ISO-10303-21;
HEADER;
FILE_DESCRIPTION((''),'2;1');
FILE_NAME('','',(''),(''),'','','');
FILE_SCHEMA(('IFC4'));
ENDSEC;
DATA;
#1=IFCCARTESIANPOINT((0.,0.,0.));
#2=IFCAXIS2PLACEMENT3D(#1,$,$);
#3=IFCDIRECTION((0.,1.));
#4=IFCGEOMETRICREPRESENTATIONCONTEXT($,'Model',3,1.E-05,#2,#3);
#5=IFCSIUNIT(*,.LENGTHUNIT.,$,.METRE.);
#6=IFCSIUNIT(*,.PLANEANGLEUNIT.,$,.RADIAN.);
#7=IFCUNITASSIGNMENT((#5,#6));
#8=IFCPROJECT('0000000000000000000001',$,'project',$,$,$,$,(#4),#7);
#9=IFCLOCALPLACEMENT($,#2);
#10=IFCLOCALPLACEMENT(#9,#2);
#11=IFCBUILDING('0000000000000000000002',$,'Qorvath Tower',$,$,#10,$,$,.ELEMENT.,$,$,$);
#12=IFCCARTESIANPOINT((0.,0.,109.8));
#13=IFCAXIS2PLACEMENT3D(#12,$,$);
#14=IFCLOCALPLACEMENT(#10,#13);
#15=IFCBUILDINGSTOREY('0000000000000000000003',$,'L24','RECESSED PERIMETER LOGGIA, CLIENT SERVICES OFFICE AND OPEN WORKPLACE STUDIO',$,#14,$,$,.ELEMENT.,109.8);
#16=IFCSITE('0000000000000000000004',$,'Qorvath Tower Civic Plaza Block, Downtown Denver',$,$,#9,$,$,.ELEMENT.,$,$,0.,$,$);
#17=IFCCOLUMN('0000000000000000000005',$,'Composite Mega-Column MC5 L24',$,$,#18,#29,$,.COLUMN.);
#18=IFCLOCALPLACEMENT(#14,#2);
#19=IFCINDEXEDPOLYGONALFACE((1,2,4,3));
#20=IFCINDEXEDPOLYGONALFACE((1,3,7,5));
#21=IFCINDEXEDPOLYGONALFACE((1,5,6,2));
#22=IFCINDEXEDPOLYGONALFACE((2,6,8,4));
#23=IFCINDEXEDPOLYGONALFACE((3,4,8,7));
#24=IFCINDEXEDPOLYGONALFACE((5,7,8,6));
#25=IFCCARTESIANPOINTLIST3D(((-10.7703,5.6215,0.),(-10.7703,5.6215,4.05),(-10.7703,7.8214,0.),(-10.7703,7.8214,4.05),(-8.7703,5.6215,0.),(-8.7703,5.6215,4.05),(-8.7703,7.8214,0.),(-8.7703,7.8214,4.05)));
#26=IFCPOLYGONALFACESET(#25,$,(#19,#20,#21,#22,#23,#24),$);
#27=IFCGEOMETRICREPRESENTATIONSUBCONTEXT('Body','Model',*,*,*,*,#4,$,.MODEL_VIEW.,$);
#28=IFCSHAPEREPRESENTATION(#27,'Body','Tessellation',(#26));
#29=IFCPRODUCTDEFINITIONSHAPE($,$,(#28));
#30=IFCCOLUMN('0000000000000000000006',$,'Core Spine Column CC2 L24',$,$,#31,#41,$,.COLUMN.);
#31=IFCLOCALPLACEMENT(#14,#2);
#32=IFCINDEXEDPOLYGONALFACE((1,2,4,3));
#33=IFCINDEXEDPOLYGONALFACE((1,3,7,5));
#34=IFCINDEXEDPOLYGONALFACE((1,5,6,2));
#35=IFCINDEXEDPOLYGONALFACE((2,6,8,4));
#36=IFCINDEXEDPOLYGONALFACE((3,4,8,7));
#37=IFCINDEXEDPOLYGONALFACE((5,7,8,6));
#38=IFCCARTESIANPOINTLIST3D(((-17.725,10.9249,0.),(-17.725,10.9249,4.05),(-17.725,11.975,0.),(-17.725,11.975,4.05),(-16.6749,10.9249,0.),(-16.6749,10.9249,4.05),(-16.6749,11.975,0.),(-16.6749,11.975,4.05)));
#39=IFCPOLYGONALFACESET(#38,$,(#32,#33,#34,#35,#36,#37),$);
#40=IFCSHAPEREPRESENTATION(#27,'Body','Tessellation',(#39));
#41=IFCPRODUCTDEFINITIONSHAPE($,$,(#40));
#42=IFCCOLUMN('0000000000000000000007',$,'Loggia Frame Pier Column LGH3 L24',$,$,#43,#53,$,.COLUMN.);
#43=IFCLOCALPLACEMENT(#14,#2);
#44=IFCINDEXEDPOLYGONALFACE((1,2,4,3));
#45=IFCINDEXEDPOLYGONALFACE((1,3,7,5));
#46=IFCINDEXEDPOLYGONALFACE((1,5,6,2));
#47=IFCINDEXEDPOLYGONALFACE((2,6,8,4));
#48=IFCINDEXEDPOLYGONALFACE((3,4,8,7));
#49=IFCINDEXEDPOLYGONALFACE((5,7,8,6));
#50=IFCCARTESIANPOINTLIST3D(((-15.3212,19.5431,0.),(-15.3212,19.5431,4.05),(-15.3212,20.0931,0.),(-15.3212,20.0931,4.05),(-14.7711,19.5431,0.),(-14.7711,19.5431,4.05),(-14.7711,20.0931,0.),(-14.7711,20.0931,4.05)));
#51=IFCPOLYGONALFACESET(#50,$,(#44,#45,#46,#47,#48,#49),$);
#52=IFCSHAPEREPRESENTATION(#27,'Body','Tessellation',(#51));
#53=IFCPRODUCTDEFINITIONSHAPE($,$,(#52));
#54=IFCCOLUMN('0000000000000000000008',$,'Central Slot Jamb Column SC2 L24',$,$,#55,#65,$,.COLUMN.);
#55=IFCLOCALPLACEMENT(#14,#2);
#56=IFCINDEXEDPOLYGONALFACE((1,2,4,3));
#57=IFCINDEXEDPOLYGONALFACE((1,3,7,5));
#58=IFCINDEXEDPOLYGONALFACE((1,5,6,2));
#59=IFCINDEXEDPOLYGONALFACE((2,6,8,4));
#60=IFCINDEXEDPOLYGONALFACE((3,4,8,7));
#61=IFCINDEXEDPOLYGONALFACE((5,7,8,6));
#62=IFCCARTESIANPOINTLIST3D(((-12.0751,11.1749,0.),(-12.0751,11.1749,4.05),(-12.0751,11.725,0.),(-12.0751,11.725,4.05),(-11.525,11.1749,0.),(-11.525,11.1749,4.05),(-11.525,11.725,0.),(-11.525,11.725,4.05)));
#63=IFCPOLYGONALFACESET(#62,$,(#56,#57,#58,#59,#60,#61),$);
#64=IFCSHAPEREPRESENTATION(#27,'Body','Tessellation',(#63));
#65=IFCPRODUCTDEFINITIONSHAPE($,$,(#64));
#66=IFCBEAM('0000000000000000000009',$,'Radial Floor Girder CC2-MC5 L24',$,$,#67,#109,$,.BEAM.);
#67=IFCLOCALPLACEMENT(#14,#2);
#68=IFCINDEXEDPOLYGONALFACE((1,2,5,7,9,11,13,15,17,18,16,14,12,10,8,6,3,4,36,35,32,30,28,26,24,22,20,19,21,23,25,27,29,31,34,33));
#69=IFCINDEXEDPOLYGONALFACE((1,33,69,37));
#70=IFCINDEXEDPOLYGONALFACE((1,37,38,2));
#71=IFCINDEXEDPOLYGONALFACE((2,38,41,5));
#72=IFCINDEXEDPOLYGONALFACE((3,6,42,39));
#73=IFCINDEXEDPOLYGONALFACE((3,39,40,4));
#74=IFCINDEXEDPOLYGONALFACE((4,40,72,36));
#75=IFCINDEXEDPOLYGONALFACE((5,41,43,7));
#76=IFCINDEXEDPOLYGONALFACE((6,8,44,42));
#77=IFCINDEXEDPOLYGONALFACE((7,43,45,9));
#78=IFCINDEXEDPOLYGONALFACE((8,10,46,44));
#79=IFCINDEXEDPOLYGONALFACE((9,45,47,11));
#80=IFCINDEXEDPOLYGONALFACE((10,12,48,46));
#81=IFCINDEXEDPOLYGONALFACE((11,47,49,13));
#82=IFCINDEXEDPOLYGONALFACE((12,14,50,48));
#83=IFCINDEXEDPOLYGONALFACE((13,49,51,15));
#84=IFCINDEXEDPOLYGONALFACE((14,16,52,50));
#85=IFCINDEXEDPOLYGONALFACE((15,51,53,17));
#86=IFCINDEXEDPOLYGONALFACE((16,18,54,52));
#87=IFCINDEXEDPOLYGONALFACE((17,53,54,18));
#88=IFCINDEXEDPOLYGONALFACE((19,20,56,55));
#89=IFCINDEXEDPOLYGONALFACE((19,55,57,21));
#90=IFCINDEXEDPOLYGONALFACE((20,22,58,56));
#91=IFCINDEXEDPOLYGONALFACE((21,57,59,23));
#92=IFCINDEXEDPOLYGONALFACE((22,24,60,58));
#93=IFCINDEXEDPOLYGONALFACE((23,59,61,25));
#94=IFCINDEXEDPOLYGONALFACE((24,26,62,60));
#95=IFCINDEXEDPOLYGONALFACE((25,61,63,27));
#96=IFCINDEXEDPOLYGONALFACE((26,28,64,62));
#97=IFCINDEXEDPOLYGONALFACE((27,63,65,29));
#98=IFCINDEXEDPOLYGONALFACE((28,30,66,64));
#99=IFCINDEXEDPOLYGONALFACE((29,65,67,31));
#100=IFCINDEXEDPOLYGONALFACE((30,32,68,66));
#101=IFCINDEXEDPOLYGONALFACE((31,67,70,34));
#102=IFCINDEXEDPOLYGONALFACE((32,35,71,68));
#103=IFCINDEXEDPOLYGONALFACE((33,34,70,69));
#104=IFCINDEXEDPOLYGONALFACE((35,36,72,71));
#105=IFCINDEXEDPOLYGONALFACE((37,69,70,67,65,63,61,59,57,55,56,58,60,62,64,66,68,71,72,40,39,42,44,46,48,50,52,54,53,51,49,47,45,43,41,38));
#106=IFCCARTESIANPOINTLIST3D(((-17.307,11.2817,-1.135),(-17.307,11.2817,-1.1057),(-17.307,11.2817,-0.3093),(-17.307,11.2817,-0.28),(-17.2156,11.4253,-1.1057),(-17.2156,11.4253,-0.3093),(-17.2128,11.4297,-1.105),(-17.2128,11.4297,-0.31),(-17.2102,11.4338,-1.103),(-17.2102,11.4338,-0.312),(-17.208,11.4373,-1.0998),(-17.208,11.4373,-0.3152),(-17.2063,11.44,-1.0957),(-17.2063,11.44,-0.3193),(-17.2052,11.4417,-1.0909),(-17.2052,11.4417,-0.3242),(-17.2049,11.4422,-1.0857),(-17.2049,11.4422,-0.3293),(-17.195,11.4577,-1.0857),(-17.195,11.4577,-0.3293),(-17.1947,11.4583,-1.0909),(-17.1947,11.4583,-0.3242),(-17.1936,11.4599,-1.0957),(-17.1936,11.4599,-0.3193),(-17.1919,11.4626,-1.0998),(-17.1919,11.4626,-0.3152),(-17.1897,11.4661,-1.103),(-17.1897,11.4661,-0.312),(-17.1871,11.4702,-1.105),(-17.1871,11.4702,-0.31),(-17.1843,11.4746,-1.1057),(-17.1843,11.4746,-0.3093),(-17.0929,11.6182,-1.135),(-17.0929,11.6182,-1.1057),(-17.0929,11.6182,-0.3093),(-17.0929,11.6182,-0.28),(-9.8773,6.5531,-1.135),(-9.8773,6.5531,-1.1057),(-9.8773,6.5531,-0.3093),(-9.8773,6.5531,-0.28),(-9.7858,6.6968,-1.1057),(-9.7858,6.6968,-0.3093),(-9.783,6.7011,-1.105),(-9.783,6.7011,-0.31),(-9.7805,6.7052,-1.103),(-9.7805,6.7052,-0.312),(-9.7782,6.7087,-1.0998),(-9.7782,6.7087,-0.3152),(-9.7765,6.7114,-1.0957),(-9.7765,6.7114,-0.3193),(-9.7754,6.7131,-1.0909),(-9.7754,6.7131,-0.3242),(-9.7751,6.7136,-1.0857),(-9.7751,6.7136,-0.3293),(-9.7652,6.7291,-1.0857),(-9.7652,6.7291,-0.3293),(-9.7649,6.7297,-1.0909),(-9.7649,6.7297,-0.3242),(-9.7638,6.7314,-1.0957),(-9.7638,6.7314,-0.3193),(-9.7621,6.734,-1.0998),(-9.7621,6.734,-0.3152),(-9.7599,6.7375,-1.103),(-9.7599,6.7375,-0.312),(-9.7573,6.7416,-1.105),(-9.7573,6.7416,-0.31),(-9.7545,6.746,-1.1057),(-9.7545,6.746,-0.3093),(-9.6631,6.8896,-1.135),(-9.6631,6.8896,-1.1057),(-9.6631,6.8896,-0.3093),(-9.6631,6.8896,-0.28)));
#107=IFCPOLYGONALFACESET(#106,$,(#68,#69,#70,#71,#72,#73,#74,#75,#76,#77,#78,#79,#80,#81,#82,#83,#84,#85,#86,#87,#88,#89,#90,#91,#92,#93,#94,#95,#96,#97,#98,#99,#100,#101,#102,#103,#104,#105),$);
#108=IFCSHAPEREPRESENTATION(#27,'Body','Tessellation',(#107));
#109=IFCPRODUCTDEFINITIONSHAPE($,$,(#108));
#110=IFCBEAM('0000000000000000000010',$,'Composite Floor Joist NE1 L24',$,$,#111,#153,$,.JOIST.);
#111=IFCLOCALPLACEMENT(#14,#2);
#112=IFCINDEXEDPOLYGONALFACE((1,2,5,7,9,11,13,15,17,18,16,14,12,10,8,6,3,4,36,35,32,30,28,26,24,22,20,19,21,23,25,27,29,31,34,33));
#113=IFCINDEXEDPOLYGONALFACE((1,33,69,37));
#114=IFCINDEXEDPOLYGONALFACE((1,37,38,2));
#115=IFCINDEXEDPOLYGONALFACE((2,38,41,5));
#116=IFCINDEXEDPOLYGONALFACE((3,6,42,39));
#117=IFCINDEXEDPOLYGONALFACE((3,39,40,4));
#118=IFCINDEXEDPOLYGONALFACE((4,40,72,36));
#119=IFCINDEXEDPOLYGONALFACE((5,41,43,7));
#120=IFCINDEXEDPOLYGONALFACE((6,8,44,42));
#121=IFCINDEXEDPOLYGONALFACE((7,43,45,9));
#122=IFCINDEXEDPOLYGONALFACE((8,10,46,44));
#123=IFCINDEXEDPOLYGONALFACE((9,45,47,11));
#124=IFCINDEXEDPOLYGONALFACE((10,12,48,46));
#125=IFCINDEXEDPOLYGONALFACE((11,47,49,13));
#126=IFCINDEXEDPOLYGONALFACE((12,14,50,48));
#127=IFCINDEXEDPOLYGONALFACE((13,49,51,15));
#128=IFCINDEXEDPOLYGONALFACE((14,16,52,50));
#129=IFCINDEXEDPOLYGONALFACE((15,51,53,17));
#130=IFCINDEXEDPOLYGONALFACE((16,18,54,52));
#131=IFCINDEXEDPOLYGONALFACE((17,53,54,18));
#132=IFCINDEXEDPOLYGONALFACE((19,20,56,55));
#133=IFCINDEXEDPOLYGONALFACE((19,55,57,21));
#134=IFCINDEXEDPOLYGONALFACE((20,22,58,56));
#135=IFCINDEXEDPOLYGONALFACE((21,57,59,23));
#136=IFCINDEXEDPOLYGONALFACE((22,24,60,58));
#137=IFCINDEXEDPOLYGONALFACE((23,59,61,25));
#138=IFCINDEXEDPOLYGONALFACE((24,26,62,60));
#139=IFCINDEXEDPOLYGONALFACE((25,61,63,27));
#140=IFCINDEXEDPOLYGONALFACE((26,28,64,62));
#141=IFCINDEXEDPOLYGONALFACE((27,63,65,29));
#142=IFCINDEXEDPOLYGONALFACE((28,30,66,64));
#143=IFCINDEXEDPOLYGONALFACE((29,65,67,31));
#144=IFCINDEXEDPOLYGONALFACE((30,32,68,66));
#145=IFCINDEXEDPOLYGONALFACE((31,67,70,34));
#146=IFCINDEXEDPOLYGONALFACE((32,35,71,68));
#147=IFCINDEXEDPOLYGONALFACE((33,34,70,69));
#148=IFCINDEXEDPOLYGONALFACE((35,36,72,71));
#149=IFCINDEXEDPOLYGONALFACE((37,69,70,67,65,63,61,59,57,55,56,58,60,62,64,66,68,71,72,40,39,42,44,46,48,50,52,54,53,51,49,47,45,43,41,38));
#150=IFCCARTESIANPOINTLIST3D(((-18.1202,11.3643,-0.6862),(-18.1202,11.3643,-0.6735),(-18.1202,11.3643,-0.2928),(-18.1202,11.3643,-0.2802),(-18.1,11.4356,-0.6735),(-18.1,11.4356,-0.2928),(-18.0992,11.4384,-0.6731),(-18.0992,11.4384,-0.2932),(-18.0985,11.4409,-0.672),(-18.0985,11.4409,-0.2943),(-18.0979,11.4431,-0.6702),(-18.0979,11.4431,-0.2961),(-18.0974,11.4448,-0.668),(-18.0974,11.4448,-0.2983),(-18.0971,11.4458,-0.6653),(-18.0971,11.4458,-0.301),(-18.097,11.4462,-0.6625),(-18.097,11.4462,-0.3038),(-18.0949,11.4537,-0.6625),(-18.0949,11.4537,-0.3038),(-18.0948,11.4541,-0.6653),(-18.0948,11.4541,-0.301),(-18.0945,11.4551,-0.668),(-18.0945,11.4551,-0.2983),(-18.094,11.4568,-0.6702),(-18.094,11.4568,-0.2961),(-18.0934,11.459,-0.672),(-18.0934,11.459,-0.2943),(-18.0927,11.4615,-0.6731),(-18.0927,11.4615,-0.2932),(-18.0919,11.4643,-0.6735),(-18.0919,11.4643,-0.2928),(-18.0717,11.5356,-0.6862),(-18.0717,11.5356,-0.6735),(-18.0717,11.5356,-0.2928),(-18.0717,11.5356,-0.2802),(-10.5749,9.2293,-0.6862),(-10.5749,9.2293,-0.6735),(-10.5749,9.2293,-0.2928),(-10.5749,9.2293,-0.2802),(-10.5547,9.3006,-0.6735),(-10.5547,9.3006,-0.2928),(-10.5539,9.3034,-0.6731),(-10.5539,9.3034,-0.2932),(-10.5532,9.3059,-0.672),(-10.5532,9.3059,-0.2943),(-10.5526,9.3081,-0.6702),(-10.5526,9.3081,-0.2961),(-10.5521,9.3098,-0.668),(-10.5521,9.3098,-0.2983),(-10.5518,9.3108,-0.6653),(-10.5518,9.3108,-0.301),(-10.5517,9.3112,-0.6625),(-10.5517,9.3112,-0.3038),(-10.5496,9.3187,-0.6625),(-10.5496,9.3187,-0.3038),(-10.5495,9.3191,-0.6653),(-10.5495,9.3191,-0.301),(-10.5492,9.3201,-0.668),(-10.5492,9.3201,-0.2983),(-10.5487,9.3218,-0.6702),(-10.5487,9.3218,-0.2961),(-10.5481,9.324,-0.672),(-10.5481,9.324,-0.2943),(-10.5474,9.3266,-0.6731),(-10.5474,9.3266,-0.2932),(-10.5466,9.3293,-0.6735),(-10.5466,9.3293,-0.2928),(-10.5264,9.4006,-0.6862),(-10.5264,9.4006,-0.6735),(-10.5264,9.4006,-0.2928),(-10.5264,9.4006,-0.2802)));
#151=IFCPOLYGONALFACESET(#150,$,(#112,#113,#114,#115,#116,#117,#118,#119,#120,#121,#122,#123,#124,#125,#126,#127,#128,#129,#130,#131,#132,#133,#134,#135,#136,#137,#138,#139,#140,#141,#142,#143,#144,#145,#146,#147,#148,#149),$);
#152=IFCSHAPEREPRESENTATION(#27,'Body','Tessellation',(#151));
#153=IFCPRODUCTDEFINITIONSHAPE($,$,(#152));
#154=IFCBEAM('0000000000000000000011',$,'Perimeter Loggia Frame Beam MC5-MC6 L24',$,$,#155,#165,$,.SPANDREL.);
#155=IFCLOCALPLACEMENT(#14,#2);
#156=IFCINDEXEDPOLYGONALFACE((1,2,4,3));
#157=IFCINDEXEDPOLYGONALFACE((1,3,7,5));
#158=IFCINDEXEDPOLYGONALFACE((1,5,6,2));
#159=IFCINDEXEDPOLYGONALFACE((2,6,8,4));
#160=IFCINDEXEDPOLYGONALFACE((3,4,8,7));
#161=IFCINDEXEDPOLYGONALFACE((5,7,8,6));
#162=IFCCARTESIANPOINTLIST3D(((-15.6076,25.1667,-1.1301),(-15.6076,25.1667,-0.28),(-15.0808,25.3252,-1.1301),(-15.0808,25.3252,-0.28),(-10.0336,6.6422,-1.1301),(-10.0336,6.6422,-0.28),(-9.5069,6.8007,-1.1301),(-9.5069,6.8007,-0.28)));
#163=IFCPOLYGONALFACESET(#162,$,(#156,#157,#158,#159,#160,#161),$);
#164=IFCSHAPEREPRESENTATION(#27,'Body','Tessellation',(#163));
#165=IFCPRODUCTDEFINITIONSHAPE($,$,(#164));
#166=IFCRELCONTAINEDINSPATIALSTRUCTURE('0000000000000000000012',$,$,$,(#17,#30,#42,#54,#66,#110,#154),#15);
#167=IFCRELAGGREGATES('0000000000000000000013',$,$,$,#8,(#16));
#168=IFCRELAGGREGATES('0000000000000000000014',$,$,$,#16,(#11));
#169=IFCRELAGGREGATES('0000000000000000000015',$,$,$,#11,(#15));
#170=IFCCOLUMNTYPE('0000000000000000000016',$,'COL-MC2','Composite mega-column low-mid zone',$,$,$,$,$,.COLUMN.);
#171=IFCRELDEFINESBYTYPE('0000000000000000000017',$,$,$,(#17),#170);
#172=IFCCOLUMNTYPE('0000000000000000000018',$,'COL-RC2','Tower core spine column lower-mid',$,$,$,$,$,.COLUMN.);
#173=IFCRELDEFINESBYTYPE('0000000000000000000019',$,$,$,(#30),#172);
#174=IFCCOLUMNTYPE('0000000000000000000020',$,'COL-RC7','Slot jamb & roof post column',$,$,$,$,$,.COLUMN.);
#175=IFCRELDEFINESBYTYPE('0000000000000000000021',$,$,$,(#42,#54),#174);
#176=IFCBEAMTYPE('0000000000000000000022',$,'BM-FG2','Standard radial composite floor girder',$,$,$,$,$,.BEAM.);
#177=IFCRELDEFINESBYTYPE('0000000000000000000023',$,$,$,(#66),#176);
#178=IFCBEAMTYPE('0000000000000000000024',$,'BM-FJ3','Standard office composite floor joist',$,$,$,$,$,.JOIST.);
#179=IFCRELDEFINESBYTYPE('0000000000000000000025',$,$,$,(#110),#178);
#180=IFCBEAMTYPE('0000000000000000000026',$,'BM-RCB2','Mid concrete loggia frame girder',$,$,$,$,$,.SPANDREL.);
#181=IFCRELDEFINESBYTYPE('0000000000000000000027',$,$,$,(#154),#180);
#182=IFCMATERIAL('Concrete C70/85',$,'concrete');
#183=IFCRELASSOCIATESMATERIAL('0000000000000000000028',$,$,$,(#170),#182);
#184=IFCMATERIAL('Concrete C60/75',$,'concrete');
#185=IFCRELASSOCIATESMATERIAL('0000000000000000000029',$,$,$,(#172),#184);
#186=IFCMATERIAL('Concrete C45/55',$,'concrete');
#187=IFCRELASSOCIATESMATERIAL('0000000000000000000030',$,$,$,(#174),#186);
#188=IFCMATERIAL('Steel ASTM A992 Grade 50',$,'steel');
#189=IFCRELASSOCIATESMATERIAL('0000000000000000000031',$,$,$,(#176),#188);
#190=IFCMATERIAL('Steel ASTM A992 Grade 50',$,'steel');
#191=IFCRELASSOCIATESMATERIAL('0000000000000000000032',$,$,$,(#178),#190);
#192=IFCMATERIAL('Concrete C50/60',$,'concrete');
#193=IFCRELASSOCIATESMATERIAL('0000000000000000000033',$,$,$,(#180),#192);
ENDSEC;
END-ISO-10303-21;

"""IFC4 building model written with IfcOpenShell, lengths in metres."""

from ifc_helpers import new_model, si_unit, direction, frame, origin, origin_2d, place, context, subcontext, project, spatial, rectangle, i_section, extrude, material, material_profile, profile_set, type_object, element, save


model = new_model("IFC4")

# Units and contexts
model_context = context("Model", 3, precision=1e-05, world=origin(), true_north=direction((0.0, 1.0)))
body_context = subcontext(model_context, "Body", "Model", "MODEL_VIEW")
ifc_project = project(units=[si_unit("LENGTHUNIT", "METRE"), si_unit("PLANEANGLEUNIT", "RADIAN")], contexts=[model_context])

# Site, building, storey
site_placement = place(None, origin())
site = spatial("IfcSite", under=ifc_project, at=site_placement, Name="Qorvath Tower Civic Plaza Block, Downtown Denver", CompositionType="ELEMENT", RefElevation=0.0)
building_placement = place(site_placement, origin())
building = spatial("IfcBuilding", under=site, at=building_placement, Name="Qorvath Tower", CompositionType="ELEMENT")
storey_placement = place(building_placement, frame((0.0, 0.0, 109.8)))
storey = spatial("IfcBuildingStorey", under=building, at=storey_placement, Name="L24", Description="RECESSED PERIMETER LOGGIA, CLIENT SERVICES OFFICE AND OPEN WORKPLACE STUDIO", CompositionType="ELEMENT", Elevation=109.8)

# Columns
ifc_material_1 = material(Name="Concrete C70/85", Category="concrete")
ifc_material_profile_1 = material_profile(ifc_material_1, rectangle(XDim=2.0, YDim=2.2, at=origin_2d()), Name="MC 2200x2000")
ifc_profile_set_1 = profile_set([ifc_material_profile_1], Name="Concrete C70/85")
column_type_1 = type_object("IfcColumnType", Name="COL-MC2", Description="Composite mega-column low-mid zone", PredefinedType="COLUMN", material=ifc_profile_set_1)
column_1_placement = place(storey_placement, frame((-9.7703, 6.7214, 0.0), z_axis=(0.0, 0.0, 1.0), x_axis=(1.0, 0.0, 0.0)))
element("IfcColumn", 1, at=column_1_placement, inside=storey, type_object=column_type_1, Name="Composite Mega-Column MC5 L24", PredefinedType="COLUMN", context=body_context, shape_type="SweptSolid", body=[
    extrude(rectangle(XDim=2.0, YDim=2.2, at=origin_2d()), origin(), (0.0, 0.0, 1.0), 4.05),
])
ifc_material_2 = material(Name="Concrete C60/75", Category="concrete")
ifc_material_profile_2 = material_profile(ifc_material_2, rectangle(XDim=1.05, YDim=1.05, at=origin_2d()), Name="RC 1050x1050")
ifc_profile_set_2 = profile_set([ifc_material_profile_2], Name="Concrete C60/75")
column_type_2 = type_object("IfcColumnType", Name="COL-RC2", Description="Tower core spine column lower-mid", PredefinedType="COLUMN", material=ifc_profile_set_2)
column_2_placement = place(storey_placement, frame((-17.2, 11.45, 0.0), z_axis=(0.0, 0.0, 1.0), x_axis=(1.0, 0.0, 0.0)))
element("IfcColumn", 2, at=column_2_placement, inside=storey, type_object=column_type_2, Name="Core Spine Column CC2 L24", PredefinedType="COLUMN", context=body_context, shape_type="SweptSolid", body=[
    extrude(rectangle(XDim=1.05, YDim=1.05, at=origin_2d()), origin(), (0.0, 0.0, 1.0), 4.05),
])
ifc_material_3 = material(Name="Concrete C45/55", Category="concrete")
ifc_material_profile_3 = material_profile(ifc_material_3, rectangle(XDim=0.55, YDim=0.55, at=origin_2d()), Name="RC 550x550")
ifc_profile_set_3 = profile_set([ifc_material_profile_3], Name="Concrete C45/55")
column_type_3 = type_object("IfcColumnType", Name="COL-RC7", Description="Slot jamb & roof post column", PredefinedType="COLUMN", material=ifc_profile_set_3)
for number, where, z_axis, x_axis, name in (
    (3, (-15.0461, 19.8181, 0.0), (0.0, 0.0, 1.0), (1.0, 0.0, 0.0), "Loggia Frame Pier Column LGH3 L24"),
    (4, (-11.8, 11.45, 0.0), (0.0, 0.0, 1.0), (1.0, 0.0, 0.0), "Central Slot Jamb Column SC2 L24"),
):
    element("IfcColumn", number, at=place(storey_placement, frame(where, z_axis=z_axis, x_axis=x_axis)), inside=storey, type_object=column_type_3, Name=name, PredefinedType="COLUMN", context=body_context, shape_type="SweptSolid", body=[
        extrude(rectangle(XDim=0.55, YDim=0.55, at=origin_2d()), origin(), (0.0, 0.0, 1.0), 4.05),
    ])

# Beams
ifc_material_4 = material(Name="Steel ASTM A992 Grade 50", Category="steel")
ifc_material_profile_4 = material_profile(ifc_material_4, i_section(OverallWidth=0.3989, OverallDepth=0.855, WebThickness=0.0183, FlangeThickness=0.0293, FilletRadius=0.02, at=origin_2d()), Name="W33x201")
ifc_profile_set_4 = profile_set([ifc_material_profile_4], Name="Steel ASTM A992 Grade 50")
beam_type_1 = type_object("IfcBeamType", Name="BM-FG2", Description="Standard radial composite floor girder", PredefinedType="BEAM", material=ifc_profile_set_4)
beam_1_placement = place(storey_placement, frame((-17.2, 11.45, -0.7075), z_axis=(0.843634, -0.536919, 0.0), x_axis=(0.536919, 0.843634, 0.0)))
element("IfcBeam", 5, at=beam_1_placement, inside=storey, type_object=beam_type_1, Name="Radial Floor Girder CC2-MC5 L24", PredefinedType="BEAM", context=body_context, shape_type="SweptSolid", body=[
    extrude(i_section(OverallWidth=0.3989, OverallDepth=0.855, WebThickness=0.0183, FlangeThickness=0.0293, FilletRadius=0.02, at=origin_2d()), origin(), (0.0, 0.0, 1.0), 8.8069),
])
ifc_material_5 = material(Name="Steel ASTM A992 Grade 50", Category="steel")
ifc_material_profile_5 = material_profile(ifc_material_5, i_section(OverallWidth=0.178, OverallDepth=0.406, WebThickness=0.0078, FlangeThickness=0.0127, FilletRadius=0.011, at=origin_2d()), Name="W16x40")
ifc_profile_set_5 = profile_set([ifc_material_profile_5], Name="Steel ASTM A992 Grade 50")
beam_type_2 = type_object("IfcBeamType", Name="BM-FJ3", Description="Standard office composite floor joist", PredefinedType="JOIST", material=ifc_profile_set_5)
beam_2_placement = place(storey_placement, frame((-18.0959, 11.45, -0.4832), z_axis=(0.962222, -0.272265, 0.0), x_axis=(0.272265, 0.962222, 0.0)))
element("IfcBeam", 6, at=beam_2_placement, inside=storey, type_object=beam_type_2, Name="Composite Floor Joist NE1 L24", PredefinedType="JOIST", context=body_context, shape_type="SweptSolid", body=[
    extrude(i_section(OverallWidth=0.178, OverallDepth=0.406, WebThickness=0.0078, FlangeThickness=0.0127, FilletRadius=0.011, at=origin_2d()), origin(), (0.0, 0.0, 1.0), 7.8416),
])
ifc_material_6 = material(Name="Concrete C50/60", Category="concrete")
ifc_material_profile_6 = material_profile(ifc_material_6, rectangle(XDim=0.55, YDim=0.8501, at=origin_2d()), Name="RCB 850x550")
ifc_profile_set_6 = profile_set([ifc_material_profile_6], Name="Concrete C50/60")
beam_type_3 = type_object("IfcBeamType", Name="BM-RCB2", Description="Mid concrete loggia frame girder", PredefinedType="SPANDREL", material=ifc_profile_set_6)
beam_3_placement = place(storey_placement, frame((-9.7703, 6.7214, -0.7051), z_axis=(-0.288134, 0.95759, 0.0), x_axis=(-0.95759, -0.288134, 0.0)))
element("IfcBeam", 7, at=beam_3_placement, inside=storey, type_object=beam_type_3, Name="Perimeter Loggia Frame Beam MC5-MC6 L24", PredefinedType="SPANDREL", context=body_context, shape_type="SweptSolid", body=[
    extrude(rectangle(XDim=0.55, YDim=0.8501, at=origin_2d()), origin(), (0.0, 0.0, 1.0), 19.345),
])

save(model, "model.ifc")
